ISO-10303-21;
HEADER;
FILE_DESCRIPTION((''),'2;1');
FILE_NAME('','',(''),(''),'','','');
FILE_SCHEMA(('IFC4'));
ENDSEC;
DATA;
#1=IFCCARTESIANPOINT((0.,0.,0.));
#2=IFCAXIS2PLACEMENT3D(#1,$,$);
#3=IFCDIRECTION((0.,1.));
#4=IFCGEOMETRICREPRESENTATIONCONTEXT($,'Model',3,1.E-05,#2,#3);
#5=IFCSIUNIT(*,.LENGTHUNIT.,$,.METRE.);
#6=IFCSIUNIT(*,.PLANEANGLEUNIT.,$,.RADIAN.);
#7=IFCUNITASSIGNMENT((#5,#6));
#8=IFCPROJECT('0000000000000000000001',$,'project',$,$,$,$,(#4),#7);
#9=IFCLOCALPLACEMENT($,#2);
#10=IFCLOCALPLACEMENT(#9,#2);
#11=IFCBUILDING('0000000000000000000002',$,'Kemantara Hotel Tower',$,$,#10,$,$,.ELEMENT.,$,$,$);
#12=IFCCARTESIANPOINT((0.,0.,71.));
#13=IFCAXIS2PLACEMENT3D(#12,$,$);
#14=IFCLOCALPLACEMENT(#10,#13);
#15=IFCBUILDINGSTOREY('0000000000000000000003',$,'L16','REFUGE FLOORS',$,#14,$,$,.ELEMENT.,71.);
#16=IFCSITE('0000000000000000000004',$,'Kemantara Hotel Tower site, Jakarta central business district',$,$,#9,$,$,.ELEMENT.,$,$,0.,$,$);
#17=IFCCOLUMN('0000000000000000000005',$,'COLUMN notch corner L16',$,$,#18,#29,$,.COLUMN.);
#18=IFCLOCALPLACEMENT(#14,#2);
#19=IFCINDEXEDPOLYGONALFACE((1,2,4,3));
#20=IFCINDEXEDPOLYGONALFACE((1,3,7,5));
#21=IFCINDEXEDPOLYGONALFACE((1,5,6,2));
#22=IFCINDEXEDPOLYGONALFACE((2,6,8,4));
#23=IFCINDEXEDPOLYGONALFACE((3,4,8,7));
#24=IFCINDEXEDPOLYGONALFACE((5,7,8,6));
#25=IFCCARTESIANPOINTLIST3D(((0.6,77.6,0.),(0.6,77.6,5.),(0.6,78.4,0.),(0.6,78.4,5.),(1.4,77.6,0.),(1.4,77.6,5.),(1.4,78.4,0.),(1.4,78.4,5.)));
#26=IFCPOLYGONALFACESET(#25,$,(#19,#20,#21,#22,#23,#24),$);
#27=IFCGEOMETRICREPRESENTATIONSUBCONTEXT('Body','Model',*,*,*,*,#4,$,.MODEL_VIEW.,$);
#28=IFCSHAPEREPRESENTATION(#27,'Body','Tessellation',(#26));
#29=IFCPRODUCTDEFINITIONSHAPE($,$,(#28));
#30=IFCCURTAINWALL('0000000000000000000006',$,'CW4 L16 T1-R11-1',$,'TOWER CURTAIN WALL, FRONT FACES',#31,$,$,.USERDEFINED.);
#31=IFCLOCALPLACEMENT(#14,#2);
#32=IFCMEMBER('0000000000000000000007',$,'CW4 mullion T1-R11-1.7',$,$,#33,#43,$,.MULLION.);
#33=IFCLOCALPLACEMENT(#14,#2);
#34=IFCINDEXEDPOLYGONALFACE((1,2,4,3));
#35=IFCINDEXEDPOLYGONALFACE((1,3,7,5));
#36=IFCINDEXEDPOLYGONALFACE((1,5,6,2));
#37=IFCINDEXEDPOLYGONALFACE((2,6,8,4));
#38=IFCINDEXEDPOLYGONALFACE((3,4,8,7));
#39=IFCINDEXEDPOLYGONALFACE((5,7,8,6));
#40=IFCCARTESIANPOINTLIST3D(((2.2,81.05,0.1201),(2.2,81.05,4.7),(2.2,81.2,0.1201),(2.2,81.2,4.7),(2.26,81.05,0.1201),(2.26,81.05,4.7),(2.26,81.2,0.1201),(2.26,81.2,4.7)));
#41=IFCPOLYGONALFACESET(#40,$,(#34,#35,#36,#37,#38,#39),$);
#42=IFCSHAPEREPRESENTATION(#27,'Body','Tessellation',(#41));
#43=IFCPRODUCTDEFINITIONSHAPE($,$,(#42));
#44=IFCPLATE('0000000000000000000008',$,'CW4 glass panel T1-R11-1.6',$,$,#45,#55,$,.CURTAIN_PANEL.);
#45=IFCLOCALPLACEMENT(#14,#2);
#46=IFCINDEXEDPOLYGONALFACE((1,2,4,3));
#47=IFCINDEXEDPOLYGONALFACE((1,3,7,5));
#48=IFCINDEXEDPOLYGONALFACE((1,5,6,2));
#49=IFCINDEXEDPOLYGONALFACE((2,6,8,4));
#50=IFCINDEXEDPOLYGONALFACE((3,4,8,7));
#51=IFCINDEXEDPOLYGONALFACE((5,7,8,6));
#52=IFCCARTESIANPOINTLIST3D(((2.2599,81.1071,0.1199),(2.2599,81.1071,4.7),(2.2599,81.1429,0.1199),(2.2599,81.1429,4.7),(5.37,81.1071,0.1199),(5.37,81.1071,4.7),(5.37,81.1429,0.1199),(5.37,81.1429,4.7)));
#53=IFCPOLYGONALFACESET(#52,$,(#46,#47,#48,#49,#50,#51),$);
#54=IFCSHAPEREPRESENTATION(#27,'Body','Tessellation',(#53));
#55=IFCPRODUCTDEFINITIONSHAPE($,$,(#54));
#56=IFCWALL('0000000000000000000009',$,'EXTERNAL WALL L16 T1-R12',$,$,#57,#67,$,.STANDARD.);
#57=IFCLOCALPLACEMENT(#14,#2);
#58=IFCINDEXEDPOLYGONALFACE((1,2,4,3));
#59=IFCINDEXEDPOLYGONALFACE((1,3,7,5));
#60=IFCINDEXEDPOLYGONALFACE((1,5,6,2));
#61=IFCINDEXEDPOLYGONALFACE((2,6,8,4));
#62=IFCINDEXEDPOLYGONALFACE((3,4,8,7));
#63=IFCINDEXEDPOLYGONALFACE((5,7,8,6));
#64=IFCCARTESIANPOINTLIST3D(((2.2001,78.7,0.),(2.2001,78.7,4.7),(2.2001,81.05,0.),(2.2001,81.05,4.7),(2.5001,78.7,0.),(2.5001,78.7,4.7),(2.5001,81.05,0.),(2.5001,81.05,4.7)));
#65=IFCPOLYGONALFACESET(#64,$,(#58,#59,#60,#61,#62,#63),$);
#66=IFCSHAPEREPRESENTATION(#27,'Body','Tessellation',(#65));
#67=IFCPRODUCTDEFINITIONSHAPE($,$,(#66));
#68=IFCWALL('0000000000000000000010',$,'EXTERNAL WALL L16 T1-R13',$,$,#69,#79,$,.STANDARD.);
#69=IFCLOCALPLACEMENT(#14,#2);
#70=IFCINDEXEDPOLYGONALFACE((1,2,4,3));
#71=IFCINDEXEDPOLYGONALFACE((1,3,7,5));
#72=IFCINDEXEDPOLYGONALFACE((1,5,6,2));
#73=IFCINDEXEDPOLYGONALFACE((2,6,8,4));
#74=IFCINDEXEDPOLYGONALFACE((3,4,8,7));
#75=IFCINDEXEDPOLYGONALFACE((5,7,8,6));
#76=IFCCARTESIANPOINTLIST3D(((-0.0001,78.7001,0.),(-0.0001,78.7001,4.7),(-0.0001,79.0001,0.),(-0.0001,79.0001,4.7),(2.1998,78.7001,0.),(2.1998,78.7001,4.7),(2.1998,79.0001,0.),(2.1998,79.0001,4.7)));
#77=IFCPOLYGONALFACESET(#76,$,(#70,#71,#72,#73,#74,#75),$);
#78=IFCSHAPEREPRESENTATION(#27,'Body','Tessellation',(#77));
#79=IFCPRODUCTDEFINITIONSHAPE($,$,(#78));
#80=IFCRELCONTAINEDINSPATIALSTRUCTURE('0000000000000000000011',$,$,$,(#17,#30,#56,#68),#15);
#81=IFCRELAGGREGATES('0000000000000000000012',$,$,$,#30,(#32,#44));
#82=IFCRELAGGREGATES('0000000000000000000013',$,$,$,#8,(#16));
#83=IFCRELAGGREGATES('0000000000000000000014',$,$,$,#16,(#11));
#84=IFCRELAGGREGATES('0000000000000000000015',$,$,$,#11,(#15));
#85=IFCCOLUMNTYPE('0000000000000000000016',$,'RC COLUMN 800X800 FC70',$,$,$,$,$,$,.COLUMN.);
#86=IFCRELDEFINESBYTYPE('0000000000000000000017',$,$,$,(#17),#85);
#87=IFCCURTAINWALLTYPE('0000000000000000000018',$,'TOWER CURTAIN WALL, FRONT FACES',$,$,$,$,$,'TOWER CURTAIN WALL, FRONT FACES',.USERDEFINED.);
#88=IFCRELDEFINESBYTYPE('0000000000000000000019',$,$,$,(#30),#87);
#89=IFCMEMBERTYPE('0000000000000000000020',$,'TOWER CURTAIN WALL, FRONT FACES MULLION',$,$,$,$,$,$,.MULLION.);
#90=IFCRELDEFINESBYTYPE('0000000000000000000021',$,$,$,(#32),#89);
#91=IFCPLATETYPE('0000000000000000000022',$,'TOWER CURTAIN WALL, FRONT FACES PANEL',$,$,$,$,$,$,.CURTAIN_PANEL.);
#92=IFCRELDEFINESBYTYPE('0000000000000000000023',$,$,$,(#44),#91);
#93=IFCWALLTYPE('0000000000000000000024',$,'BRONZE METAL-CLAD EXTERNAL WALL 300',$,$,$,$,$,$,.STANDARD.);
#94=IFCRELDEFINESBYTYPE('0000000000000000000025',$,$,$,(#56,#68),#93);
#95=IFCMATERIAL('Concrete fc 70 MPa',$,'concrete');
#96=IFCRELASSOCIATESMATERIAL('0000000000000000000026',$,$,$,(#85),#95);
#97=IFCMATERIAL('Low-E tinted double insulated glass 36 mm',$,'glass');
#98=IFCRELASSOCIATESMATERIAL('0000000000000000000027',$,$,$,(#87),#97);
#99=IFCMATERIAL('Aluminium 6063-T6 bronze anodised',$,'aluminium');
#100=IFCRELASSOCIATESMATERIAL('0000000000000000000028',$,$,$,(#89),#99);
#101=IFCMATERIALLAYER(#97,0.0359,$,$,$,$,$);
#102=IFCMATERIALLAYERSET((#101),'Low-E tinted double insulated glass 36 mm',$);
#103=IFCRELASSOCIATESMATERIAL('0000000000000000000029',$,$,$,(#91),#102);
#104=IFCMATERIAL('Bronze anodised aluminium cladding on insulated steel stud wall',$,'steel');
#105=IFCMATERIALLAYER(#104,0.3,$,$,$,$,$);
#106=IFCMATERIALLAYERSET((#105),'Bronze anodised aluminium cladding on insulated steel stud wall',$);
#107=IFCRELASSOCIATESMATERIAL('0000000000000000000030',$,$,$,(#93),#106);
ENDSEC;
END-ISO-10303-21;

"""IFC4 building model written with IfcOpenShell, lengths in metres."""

from ifc_helpers import new_model, si_unit, direction, frame, frame_2d, origin, origin_2d, place, context, subcontext, project, spatial, rectangle, extrude, source, transform, mapped, material, layer, layer_set, material_profile, profile_set, type_object, element, aggregate, save


model = new_model("IFC4")

# Units and contexts
model_context = context("Model", 3, precision=1e-05, world=origin(), true_north=direction((0.0, 1.0)))
body_context = subcontext(model_context, "Body", "Model", "MODEL_VIEW")
ifc_project = project(units=[si_unit("LENGTHUNIT", "METRE"), si_unit("PLANEANGLEUNIT", "RADIAN")], contexts=[model_context])

# Site, building, storey
site_placement = place(None, origin())
site = spatial("IfcSite", under=ifc_project, at=site_placement, Name="Kemantara Hotel Tower site, Jakarta central business district", CompositionType="ELEMENT", RefElevation=0.0)
building_placement = place(site_placement, origin())
building = spatial("IfcBuilding", under=site, at=building_placement, Name="Kemantara Hotel Tower", CompositionType="ELEMENT")
storey_placement = place(building_placement, frame((0.0, 0.0, 71.0)))
storey = spatial("IfcBuildingStorey", under=building, at=storey_placement, Name="L16", Description="REFUGE FLOORS", CompositionType="ELEMENT", Elevation=71.0)

# Column
ifc_material_1 = material(Name="Concrete fc 70 MPa", Category="concrete")
ifc_material_profile_1 = material_profile(ifc_material_1, rectangle(XDim=0.8, YDim=0.8, at=origin_2d()), Name="RC 800X800")
ifc_profile_set_1 = profile_set([ifc_material_profile_1], Name="Concrete fc 70 MPa")
column_type = type_object("IfcColumnType", Name="RC COLUMN 800X800 FC70", PredefinedType="COLUMN", material=ifc_profile_set_1)
column_placement = place(storey_placement, frame((1.0, 78.0, 0.0), z_axis=(0.0, 0.0, 1.0), x_axis=(1.0, 0.0, 0.0)))
element("IfcColumn", 1, at=column_placement, inside=storey, type_object=column_type, Name="COLUMN notch corner L16", PredefinedType="COLUMN", context=body_context, shape_type="SweptSolid", body=[
    extrude(rectangle(XDim=0.8, YDim=0.8, at=origin_2d()), origin(), (0.0, 0.0, 1.0), 5.0),
])

# Curtain wall, member, plate
ifc_material_2 = material(Name="Low-E tinted double insulated glass 36 mm", Category="glass")
curtain_wall_type = type_object("IfcCurtainWallType", Name="TOWER CURTAIN WALL, FRONT FACES", ElementType="TOWER CURTAIN WALL, FRONT FACES", PredefinedType="USERDEFINED", material=ifc_material_2)
curtain_wall_placement = place(storey_placement, origin())
curtain_wall = element("IfcCurtainWall", 2, at=curtain_wall_placement, inside=storey, type_object=curtain_wall_type, Name="CW4 L16 T1-R11-1", ObjectType="TOWER CURTAIN WALL, FRONT FACES", PredefinedType="USERDEFINED")
ifc_material_3 = material(Name="Aluminium 6063-T6 bronze anodised", Category="aluminium")
ifc_material_profile_2 = material_profile(ifc_material_3, rectangle(XDim=0.1499, YDim=0.0601, at=origin_2d()), Name="TOWER CURTAIN WALL, FRONT FACES MULLION")
ifc_profile_set_2 = profile_set([ifc_material_profile_2], Name="Aluminium 6063-T6 bronze anodised")
member_type = type_object("IfcMemberType", Name="TOWER CURTAIN WALL, FRONT FACES MULLION", PredefinedType="MULLION", material=ifc_profile_set_2)
shared_shape_1 = source(origin(), body_context, "Body", "SweptSolid", [
    extrude(rectangle(XDim=0.1499, YDim=0.0601, at=origin_2d()), origin(), (0.0, 0.0, 1.0), 4.5798),
])
member_placement = place(storey_placement, frame((2.23, 81.125, 0.1201), z_axis=(0.0, 0.0, 1.0), x_axis=(0.0, -1.0, 0.0)))
member = element("IfcMember", 3, at=member_placement, type_object=member_type, Name="CW4 mullion T1-R11-1.7", PredefinedType="MULLION", context=body_context, shape_type="MappedRepresentation", body=[
    mapped(shared_shape_1, transform((0.0, 0.0, 0.0))),
])
ifc_layer_1 = layer(ifc_material_2, 0.0359)
ifc_layer_set_1 = layer_set([ifc_layer_1], Name="Low-E tinted double insulated glass 36 mm")
plate_type = type_object("IfcPlateType", Name="TOWER CURTAIN WALL, FRONT FACES PANEL", PredefinedType="CURTAIN_PANEL", material=ifc_layer_set_1)
shared_shape_2 = source(origin(), body_context, "Body", "SweptSolid", [
    extrude(rectangle(XDim=3.1101, YDim=0.0359, at=origin_2d()), origin(), (0.0, 0.0, 1.0), 4.5801),
])
plate_placement = place(storey_placement, frame((3.8149, 81.125, 0.1199), z_axis=(0.0, 0.0, 1.0), x_axis=(-1.0, 0.0, 0.0)))
plate = element("IfcPlate", 4, at=plate_placement, type_object=plate_type, Name="CW4 glass panel T1-R11-1.6", PredefinedType="CURTAIN_PANEL", context=body_context, shape_type="MappedRepresentation", body=[
    mapped(shared_shape_2, transform((0.0, 0.0, 0.0))),
])
aggregate(curtain_wall, [member, plate])

# Walls
ifc_material_4 = material(Name="Bronze anodised aluminium cladding on insulated steel stud wall", Category="steel")
ifc_layer_2 = layer(ifc_material_4, 0.3)
ifc_layer_set_2 = layer_set([ifc_layer_2], Name="Bronze anodised aluminium cladding on insulated steel stud wall")
wall_type = type_object("IfcWallType", Name="BRONZE METAL-CLAD EXTERNAL WALL 300", PredefinedType="STANDARD", material=ifc_layer_set_2)
wall_1_placement = place(storey_placement, frame((2.3501, 81.05, 0.0), z_axis=(0.0, 0.0, 1.0), x_axis=(0.0, -1.0, 0.0)))
element("IfcWall", 5, at=wall_1_placement, inside=storey, type_object=wall_type, Name="EXTERNAL WALL L16 T1-R12", PredefinedType="STANDARD", context=body_context, shape_type="SweptSolid", body=[
    extrude(rectangle(XDim=2.3501, YDim=0.3, at=frame_2d((1.175, 0.0))), origin(), (0.0, 0.0, 1.0), 4.7),
])
wall_2_placement = place(storey_placement, frame((2.2, 78.8501, 0.0), z_axis=(0.0, 0.0, 1.0), x_axis=(-1.0, 0.0, 0.0)))
element("IfcWall", 6, at=wall_2_placement, inside=storey, type_object=wall_type, Name="EXTERNAL WALL L16 T1-R13", PredefinedType="STANDARD", context=body_context, shape_type="SweptSolid", body=[
    extrude(rectangle(XDim=2.2, YDim=0.3, at=frame_2d((1.1001, 0.0))), origin(), (0.0, 0.0, 1.0), 4.7),
])

save(model, "model.ifc")
